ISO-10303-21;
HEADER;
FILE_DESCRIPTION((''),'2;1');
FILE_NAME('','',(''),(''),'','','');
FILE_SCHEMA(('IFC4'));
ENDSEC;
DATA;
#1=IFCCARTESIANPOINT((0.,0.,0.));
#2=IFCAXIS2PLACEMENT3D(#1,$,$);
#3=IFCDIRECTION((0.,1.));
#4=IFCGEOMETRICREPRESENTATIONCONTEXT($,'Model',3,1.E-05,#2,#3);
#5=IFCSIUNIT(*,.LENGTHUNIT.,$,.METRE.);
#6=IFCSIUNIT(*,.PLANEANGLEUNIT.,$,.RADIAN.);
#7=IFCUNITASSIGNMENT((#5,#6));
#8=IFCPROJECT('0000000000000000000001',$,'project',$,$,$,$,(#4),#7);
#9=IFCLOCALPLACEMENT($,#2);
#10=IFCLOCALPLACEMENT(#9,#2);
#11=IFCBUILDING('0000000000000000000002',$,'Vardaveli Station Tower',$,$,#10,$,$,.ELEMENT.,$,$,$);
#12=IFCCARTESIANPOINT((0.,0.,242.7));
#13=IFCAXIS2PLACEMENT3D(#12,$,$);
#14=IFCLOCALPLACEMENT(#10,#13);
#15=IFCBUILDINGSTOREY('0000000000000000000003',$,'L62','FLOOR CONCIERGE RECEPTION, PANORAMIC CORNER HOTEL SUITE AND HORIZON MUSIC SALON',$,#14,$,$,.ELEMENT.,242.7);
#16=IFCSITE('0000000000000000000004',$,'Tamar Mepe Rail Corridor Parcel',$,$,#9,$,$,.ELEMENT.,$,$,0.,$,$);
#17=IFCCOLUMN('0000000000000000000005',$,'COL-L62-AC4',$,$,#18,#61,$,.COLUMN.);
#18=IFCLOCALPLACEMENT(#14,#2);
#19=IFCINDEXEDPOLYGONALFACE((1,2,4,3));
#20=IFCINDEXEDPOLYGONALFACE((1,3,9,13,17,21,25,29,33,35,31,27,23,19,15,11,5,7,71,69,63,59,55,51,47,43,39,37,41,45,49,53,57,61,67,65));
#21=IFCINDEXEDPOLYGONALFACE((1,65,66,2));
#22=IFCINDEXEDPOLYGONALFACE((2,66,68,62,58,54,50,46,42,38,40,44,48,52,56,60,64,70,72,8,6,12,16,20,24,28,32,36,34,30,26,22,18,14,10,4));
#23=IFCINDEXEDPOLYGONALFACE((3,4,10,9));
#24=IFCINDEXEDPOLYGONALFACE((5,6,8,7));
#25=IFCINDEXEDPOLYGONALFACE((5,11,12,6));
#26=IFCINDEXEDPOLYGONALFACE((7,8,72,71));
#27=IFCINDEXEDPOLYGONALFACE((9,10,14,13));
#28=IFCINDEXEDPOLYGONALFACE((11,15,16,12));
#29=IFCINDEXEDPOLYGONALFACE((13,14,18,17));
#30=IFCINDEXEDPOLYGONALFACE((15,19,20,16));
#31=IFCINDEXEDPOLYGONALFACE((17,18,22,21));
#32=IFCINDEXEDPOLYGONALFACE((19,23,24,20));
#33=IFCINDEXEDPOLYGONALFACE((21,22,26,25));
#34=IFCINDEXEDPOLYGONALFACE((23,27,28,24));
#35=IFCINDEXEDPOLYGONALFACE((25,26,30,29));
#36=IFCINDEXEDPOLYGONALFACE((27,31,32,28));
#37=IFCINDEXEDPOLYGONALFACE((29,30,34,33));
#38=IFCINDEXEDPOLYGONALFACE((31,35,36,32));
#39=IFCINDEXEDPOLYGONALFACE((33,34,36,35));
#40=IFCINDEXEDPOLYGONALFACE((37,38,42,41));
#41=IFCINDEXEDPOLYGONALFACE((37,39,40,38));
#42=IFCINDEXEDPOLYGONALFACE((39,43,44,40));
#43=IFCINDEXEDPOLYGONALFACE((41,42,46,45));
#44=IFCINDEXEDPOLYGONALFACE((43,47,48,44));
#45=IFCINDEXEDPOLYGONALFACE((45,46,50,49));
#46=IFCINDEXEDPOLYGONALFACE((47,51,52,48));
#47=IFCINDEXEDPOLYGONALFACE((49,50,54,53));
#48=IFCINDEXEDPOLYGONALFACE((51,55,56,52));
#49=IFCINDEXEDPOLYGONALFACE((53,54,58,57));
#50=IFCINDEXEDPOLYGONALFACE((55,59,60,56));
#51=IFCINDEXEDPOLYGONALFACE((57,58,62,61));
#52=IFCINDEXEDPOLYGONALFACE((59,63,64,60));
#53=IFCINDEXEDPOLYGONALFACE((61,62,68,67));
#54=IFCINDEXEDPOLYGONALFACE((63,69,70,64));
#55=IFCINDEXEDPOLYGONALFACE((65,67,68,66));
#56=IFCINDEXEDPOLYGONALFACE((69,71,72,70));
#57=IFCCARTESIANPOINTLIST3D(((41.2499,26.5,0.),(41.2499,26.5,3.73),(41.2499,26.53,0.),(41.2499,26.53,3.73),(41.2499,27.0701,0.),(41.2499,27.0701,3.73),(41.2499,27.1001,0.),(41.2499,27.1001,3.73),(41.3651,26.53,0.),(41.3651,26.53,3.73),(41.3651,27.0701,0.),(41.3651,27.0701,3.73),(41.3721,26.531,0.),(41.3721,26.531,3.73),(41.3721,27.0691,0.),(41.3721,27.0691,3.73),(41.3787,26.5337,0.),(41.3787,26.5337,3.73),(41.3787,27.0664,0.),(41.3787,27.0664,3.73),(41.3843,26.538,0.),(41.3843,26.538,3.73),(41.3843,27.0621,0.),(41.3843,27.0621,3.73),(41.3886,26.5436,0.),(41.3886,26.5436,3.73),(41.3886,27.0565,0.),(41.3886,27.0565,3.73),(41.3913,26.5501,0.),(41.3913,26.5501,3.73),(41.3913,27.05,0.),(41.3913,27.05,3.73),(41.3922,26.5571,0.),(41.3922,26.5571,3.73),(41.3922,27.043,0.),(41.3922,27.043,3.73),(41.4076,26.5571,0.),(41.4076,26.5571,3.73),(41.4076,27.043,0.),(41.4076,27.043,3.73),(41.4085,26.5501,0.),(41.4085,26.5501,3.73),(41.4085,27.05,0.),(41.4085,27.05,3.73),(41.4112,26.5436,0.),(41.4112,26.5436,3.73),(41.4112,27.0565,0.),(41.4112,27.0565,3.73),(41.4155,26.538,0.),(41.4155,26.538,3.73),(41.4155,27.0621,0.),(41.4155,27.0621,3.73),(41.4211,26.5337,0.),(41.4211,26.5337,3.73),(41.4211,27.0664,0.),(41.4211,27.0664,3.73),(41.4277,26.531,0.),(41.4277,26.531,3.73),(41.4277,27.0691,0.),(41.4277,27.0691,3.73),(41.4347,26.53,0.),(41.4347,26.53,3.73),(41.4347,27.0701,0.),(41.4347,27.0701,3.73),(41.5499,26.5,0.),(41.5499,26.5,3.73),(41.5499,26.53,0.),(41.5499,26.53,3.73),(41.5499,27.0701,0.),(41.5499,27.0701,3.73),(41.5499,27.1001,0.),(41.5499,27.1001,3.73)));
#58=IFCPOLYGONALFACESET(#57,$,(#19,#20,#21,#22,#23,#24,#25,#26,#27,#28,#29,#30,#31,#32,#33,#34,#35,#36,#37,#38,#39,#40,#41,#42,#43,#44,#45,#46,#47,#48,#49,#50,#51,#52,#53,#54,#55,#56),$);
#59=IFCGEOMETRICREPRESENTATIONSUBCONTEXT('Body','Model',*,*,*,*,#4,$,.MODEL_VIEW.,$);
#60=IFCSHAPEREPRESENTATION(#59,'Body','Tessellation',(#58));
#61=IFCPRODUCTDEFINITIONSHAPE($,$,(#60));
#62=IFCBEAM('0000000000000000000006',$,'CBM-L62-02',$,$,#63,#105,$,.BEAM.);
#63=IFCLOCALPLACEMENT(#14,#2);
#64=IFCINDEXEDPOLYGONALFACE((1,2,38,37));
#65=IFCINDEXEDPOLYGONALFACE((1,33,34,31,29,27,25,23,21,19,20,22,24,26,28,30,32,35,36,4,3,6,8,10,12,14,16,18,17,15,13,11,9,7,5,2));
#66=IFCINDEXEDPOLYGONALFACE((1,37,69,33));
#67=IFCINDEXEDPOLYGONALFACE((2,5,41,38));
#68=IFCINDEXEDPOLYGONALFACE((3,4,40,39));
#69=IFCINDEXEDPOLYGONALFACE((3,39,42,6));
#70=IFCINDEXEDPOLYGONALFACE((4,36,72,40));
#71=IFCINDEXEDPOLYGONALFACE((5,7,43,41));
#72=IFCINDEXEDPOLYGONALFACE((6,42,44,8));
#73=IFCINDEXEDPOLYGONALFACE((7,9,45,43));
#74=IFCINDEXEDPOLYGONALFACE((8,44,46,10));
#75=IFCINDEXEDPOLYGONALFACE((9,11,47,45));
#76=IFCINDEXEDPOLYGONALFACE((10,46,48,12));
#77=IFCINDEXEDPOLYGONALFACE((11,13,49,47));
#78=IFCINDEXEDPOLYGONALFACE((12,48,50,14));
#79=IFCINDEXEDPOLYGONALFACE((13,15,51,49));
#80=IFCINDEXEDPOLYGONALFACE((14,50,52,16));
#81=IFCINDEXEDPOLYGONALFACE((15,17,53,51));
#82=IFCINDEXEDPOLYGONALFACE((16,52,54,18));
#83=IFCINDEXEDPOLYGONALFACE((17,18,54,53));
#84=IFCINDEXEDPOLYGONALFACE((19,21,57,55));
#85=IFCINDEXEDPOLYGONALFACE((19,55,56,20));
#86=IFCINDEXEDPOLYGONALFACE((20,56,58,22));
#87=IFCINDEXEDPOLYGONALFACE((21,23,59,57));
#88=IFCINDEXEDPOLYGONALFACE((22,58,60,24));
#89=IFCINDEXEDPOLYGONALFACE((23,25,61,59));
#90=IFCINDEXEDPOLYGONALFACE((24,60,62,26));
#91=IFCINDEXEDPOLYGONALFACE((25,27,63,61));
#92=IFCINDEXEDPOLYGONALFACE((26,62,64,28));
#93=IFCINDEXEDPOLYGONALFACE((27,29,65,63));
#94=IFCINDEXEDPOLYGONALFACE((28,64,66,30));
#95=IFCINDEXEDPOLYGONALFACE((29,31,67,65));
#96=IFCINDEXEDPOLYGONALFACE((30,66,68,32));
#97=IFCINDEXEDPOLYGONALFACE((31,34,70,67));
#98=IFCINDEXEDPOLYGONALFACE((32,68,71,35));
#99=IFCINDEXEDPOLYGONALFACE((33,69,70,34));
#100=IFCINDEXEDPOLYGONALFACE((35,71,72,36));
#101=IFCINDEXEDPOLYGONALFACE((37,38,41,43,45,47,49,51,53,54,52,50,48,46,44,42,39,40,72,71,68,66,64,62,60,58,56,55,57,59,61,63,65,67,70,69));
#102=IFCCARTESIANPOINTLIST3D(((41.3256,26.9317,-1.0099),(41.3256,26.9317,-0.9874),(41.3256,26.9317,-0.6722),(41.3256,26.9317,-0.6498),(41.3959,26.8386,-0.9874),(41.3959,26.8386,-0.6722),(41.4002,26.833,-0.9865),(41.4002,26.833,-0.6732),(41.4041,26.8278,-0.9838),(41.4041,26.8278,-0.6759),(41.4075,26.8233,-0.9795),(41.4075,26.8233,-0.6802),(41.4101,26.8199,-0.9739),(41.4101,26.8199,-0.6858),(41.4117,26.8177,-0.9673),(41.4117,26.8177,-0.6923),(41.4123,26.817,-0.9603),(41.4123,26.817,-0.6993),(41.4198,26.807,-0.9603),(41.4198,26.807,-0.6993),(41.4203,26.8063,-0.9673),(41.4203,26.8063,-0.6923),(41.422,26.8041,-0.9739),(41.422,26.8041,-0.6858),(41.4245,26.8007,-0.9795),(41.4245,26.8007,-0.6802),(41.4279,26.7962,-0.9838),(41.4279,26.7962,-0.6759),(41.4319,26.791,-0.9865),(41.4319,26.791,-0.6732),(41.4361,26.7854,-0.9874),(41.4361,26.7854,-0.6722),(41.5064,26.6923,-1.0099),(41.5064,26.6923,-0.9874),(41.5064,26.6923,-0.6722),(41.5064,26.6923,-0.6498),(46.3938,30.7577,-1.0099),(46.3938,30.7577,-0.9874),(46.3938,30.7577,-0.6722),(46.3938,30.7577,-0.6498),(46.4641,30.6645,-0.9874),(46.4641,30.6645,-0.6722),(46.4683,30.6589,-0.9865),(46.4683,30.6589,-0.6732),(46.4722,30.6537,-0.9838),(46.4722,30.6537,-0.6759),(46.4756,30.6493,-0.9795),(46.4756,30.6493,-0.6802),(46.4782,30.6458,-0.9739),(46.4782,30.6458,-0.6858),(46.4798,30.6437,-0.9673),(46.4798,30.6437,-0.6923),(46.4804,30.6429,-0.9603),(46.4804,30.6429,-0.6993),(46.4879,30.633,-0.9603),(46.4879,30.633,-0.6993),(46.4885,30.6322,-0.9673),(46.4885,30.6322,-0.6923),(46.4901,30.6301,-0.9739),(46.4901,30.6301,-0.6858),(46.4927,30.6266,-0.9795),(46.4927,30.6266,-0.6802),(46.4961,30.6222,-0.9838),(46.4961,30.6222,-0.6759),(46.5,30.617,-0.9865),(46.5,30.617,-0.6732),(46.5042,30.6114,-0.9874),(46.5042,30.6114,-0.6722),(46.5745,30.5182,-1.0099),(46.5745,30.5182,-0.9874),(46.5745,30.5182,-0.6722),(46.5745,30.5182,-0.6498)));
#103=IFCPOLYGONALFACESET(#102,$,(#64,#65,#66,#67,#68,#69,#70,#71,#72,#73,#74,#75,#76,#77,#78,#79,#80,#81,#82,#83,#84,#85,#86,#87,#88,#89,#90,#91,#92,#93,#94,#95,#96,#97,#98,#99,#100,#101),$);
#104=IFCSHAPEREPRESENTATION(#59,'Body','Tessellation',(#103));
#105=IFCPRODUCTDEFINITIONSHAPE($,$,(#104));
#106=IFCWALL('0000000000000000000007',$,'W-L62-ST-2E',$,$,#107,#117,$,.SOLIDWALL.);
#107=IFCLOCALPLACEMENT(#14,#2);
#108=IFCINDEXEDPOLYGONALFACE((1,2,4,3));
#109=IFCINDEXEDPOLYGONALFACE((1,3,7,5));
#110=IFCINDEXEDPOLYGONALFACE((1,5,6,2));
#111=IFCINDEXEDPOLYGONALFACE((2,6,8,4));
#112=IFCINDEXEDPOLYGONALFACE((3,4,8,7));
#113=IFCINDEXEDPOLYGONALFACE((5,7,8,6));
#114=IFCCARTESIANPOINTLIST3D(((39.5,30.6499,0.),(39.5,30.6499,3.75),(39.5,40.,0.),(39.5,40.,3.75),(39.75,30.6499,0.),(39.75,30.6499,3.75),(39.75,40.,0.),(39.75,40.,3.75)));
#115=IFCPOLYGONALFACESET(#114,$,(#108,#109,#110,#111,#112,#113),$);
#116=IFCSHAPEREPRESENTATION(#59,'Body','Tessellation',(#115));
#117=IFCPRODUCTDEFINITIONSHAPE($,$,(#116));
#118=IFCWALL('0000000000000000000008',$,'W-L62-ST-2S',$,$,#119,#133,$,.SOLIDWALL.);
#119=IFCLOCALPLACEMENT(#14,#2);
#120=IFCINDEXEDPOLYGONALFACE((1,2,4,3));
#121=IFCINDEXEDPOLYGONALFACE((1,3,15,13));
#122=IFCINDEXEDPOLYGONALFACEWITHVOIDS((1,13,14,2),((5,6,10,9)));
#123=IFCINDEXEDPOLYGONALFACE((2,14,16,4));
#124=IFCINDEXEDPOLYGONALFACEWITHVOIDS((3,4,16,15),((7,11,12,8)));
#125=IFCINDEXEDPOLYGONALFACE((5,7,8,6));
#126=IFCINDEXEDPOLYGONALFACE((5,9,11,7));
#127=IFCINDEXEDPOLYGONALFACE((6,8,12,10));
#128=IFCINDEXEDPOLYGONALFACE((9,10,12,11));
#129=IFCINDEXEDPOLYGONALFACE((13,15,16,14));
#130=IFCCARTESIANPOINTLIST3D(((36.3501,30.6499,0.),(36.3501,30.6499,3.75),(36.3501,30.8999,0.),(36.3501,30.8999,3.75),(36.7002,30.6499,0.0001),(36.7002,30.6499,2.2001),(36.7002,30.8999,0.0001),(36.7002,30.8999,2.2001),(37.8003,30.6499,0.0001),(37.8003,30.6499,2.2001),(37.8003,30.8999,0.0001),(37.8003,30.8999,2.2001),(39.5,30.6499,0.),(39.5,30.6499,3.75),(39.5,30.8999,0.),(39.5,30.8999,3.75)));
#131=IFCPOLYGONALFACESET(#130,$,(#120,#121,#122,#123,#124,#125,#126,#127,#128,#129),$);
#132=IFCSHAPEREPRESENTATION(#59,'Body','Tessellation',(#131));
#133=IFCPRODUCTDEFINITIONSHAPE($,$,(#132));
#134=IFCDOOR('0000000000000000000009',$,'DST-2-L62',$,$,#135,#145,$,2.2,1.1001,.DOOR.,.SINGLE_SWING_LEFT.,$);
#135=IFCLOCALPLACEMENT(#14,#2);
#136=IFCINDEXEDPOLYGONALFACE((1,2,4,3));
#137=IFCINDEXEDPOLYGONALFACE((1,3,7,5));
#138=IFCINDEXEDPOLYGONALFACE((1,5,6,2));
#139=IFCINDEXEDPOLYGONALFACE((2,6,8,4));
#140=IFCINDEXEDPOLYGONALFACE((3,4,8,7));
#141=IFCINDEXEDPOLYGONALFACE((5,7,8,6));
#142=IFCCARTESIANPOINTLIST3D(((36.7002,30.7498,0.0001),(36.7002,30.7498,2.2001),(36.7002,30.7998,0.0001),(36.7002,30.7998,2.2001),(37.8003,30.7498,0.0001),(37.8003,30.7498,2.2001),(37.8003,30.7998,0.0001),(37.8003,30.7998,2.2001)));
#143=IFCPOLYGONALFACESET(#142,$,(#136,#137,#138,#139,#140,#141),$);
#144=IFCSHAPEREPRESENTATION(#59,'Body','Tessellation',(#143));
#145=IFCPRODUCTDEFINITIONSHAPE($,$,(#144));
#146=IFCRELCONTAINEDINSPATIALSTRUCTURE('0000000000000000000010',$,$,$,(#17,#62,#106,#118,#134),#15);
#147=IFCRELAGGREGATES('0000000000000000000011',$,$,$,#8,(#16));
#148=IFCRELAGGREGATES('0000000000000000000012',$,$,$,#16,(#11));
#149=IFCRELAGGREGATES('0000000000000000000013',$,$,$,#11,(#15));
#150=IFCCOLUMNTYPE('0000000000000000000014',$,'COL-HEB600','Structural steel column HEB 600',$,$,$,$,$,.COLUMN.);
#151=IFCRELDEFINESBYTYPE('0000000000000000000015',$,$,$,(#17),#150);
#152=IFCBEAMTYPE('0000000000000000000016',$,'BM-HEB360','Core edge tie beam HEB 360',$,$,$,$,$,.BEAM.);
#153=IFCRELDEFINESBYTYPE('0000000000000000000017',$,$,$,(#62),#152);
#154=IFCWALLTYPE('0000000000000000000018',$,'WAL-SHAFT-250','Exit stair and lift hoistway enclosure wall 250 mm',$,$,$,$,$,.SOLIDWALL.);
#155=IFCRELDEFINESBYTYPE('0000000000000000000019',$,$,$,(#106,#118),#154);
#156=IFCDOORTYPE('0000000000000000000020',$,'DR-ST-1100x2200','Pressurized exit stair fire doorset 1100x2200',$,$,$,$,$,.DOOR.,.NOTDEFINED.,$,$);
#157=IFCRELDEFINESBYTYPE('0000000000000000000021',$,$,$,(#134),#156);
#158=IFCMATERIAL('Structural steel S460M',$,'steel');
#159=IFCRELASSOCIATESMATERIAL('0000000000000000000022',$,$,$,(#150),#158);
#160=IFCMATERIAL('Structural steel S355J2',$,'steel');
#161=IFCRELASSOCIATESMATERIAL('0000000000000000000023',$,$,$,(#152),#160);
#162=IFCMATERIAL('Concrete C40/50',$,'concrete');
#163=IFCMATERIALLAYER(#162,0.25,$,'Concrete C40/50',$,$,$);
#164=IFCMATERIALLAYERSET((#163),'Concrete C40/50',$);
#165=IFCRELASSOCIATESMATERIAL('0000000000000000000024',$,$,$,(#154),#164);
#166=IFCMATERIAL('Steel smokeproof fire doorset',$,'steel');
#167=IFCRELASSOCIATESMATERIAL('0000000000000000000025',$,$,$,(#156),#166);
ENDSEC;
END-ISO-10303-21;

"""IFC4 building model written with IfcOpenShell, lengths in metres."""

from ifc_helpers import new_model, si_unit, direction, frame, frame_2d, origin, origin_2d, place, context, subcontext, project, spatial, rectangle, i_section, extrude, source, transform, mapped, material, layer, layer_set, material_profile, profile_set, type_object, element, fill, save


model = new_model("IFC4")

# Units and contexts
model_context = context("Model", 3, precision=1e-05, world=origin(), true_north=direction((0.0, 1.0)))
body_context = subcontext(model_context, "Body", "Model", "MODEL_VIEW")
ifc_project = project(units=[si_unit("LENGTHUNIT", "METRE"), si_unit("PLANEANGLEUNIT", "RADIAN")], contexts=[model_context])

# Site, building, storey
site_placement = place(None, origin())
site = spatial("IfcSite", under=ifc_project, at=site_placement, Name="Tamar Mepe Rail Corridor Parcel", CompositionType="ELEMENT", RefElevation=0.0)
building_placement = place(site_placement, origin())
building = spatial("IfcBuilding", under=site, at=building_placement, Name="Vardaveli Station Tower", CompositionType="ELEMENT")
storey_placement = place(building_placement, frame((0.0, 0.0, 242.7)))
storey = spatial("IfcBuildingStorey", under=building, at=storey_placement, Name="L62", Description="FLOOR CONCIERGE RECEPTION, PANORAMIC CORNER HOTEL SUITE AND HORIZON MUSIC SALON", CompositionType="ELEMENT", Elevation=242.7)

# Column
ifc_material_1 = material(Name="Structural steel S460M", Category="steel")
ifc_material_profile_1 = material_profile(ifc_material_1, i_section(OverallWidth=0.3, OverallDepth=0.6001, WebThickness=0.0154, FlangeThickness=0.03, FilletRadius=0.0271, at=origin_2d()), Name="HEB 600")
ifc_profile_set_1 = profile_set([ifc_material_profile_1], Name="Structural steel S460M")
column_type = type_object("IfcColumnType", Name="COL-HEB600", Description="Structural steel column HEB 600", PredefinedType="COLUMN", material=ifc_profile_set_1)
shared_shape_1 = source(origin(), body_context, "Body", "SweptSolid", [
    extrude(i_section(OverallWidth=0.3, OverallDepth=0.6001, WebThickness=0.0154, FlangeThickness=0.03, FilletRadius=0.0271, at=origin_2d()), origin(), (0.0, 0.0, 1.0), 3.73),
])
column_placement = place(storey_placement, frame((41.3999, 26.8, 0.0), z_axis=(0.0, 0.0, 1.0), x_axis=(1.0, 0.0, 0.0)))
element("IfcColumn", 1, at=column_placement, inside=storey, type_object=column_type, Name="COL-L62-AC4", PredefinedType="COLUMN", context=body_context, shape_type="MappedRepresentation", body=[
    mapped(shared_shape_1, transform((0.0, 0.0, 0.0), scale=1.0)),
])

# Beam
ifc_material_2 = material(Name="Structural steel S355J2", Category="steel")
ifc_material_profile_2 = material_profile(ifc_material_2, i_section(OverallWidth=0.3, OverallDepth=0.3601, WebThickness=0.0125, FlangeThickness=0.0225, FilletRadius=0.0271, at=origin_2d()), Name="HEB 360")
ifc_profile_set_2 = profile_set([ifc_material_profile_2], Name="Structural steel S355J2")
beam_type = type_object("IfcBeamType", Name="BM-HEB360", Description="Core edge tie beam HEB 360", PredefinedType="BEAM", material=ifc_profile_set_2)
shared_shape_2 = source(origin(), body_context, "Body", "SweptSolid", [
    extrude(i_section(OverallWidth=0.3, OverallDepth=0.3601, WebThickness=0.0125, FlangeThickness=0.0225, FilletRadius=0.0271, at=origin_2d()), origin(), (0.0, 0.0, 1.0), 6.3501),
])
beam_placement = place(storey_placement, frame((41.416, 26.812, -0.8298), z_axis=(0.798118, 0.602501, 0.0), x_axis=(-0.602501, 0.798118, 0.0)))
element("IfcBeam", 2, at=beam_placement, inside=storey, type_object=beam_type, Name="CBM-L62-02", PredefinedType="BEAM", context=body_context, shape_type="MappedRepresentation", body=[
    mapped(shared_shape_2, transform((0.0, 0.0, 0.0), scale=1.0)),
])

# Wall
ifc_material_3 = material(Name="Concrete C40/50", Category="concrete")
ifc_layer_1 = layer(ifc_material_3, 0.25, Name="Concrete C40/50")
ifc_layer_set_1 = layer_set([ifc_layer_1], Name="Concrete C40/50")
wall_type_1 = type_object("IfcWallType", Name="WAL-SHAFT-250", Description="Exit stair and lift hoistway enclosure wall 250 mm", PredefinedType="SOLIDWALL", material=ifc_layer_set_1)
shared_shape_3 = source(origin(), body_context, "Body", "SweptSolid", [
    extrude(rectangle(XDim=9.3501, YDim=0.25, at=frame_2d((4.675, 0.0))), origin(), (0.0, 0.0, 1.0), 3.75),
])
wall_1_placement = place(storey_placement, frame((39.625, 30.6499, 0.0), z_axis=(0.0, 0.0, 1.0), x_axis=(0.0, 1.0, 0.0)))
element("IfcWall", 3, at=wall_1_placement, inside=storey, type_object=wall_type_1, Name="W-L62-ST-2E", PredefinedType="SOLIDWALL", context=body_context, shape_type="MappedRepresentation", body=[
    mapped(shared_shape_3, transform((0.0, 0.0, 0.0), scale=1.0)),
])

# Wall, opening, door
shared_shape_4 = source(origin(), body_context, "Body", "SweptSolid", [
    extrude(rectangle(XDim=3.1499, YDim=0.25, at=frame_2d((1.575, 0.0))), origin(), (0.0, 0.0, 1.0), 3.75),
])
wall_2_placement = place(storey_placement, frame((36.3501, 30.7749, 0.0), z_axis=(0.0, 0.0, 1.0), x_axis=(1.0, 0.0, 0.0)))
wall_2 = element("IfcWall", 4, at=wall_2_placement, inside=storey, type_object=wall_type_1, Name="W-L62-ST-2S", PredefinedType="SOLIDWALL", context=body_context, shape_type="MappedRepresentation", body=[
    mapped(shared_shape_4, transform((0.0, 0.0, 0.0), scale=1.0)),
])
shared_shape_5 = source(origin(), body_context, "Body", "SweptSolid", [
    extrude(rectangle(XDim=1.1001, YDim=2.2, at=frame_2d((0.55, 1.1001))), frame((0.0, 0.135, 0.0), z_axis=(0.0, -1.0, 0.0), x_axis=(1.0, 0.0, 0.0)), (0.0, 0.0, 1.0), 0.27),
])
opening_1_placement = place(wall_2_placement, frame((0.3501, 0.0, 0.0)))
opening_1 = element("IfcOpeningElement", 5, at=opening_1_placement, cuts=wall_2, PredefinedType="OPENING", context=body_context, shape_type="MappedRepresentation", body=[
    mapped(shared_shape_5, transform((0.0, 0.0, 0.0), scale=1.0)),
])
ifc_material_4 = material(Name="Steel smokeproof fire doorset", Category="steel")
door_type_1 = type_object("IfcDoorType", Name="DR-ST-1100x2200", Description="Pressurized exit stair fire doorset 1100x2200", OperationType="NOTDEFINED", PredefinedType="DOOR", material=ifc_material_4)
shared_shape_6 = source(origin(), body_context, "Body", "SweptSolid", [
    extrude(rectangle(XDim=1.1001, YDim=2.2, at=frame_2d((0.55, 1.1001))), frame((0.0, 0.0249, 0.0), z_axis=(0.0, -1.0, 0.0), x_axis=(1.0, 0.0, 0.0)), (0.0, 0.0, 1.0), 0.05),
])
door_1_placement = place(opening_1_placement, origin())
door_1 = element("IfcDoor", 6, at=door_1_placement, inside=storey, type_object=door_type_1, Name="DST-2-L62", OperationType="SINGLE_SWING_LEFT", OverallHeight=2.2, OverallWidth=1.1001, PredefinedType="DOOR", context=body_context, shape_type="MappedRepresentation", body=[
    mapped(shared_shape_6, transform((0.0, 0.0, 0.0), scale=1.0)),
])
fill(opening_1, door_1)

save(model, "model.ifc")
